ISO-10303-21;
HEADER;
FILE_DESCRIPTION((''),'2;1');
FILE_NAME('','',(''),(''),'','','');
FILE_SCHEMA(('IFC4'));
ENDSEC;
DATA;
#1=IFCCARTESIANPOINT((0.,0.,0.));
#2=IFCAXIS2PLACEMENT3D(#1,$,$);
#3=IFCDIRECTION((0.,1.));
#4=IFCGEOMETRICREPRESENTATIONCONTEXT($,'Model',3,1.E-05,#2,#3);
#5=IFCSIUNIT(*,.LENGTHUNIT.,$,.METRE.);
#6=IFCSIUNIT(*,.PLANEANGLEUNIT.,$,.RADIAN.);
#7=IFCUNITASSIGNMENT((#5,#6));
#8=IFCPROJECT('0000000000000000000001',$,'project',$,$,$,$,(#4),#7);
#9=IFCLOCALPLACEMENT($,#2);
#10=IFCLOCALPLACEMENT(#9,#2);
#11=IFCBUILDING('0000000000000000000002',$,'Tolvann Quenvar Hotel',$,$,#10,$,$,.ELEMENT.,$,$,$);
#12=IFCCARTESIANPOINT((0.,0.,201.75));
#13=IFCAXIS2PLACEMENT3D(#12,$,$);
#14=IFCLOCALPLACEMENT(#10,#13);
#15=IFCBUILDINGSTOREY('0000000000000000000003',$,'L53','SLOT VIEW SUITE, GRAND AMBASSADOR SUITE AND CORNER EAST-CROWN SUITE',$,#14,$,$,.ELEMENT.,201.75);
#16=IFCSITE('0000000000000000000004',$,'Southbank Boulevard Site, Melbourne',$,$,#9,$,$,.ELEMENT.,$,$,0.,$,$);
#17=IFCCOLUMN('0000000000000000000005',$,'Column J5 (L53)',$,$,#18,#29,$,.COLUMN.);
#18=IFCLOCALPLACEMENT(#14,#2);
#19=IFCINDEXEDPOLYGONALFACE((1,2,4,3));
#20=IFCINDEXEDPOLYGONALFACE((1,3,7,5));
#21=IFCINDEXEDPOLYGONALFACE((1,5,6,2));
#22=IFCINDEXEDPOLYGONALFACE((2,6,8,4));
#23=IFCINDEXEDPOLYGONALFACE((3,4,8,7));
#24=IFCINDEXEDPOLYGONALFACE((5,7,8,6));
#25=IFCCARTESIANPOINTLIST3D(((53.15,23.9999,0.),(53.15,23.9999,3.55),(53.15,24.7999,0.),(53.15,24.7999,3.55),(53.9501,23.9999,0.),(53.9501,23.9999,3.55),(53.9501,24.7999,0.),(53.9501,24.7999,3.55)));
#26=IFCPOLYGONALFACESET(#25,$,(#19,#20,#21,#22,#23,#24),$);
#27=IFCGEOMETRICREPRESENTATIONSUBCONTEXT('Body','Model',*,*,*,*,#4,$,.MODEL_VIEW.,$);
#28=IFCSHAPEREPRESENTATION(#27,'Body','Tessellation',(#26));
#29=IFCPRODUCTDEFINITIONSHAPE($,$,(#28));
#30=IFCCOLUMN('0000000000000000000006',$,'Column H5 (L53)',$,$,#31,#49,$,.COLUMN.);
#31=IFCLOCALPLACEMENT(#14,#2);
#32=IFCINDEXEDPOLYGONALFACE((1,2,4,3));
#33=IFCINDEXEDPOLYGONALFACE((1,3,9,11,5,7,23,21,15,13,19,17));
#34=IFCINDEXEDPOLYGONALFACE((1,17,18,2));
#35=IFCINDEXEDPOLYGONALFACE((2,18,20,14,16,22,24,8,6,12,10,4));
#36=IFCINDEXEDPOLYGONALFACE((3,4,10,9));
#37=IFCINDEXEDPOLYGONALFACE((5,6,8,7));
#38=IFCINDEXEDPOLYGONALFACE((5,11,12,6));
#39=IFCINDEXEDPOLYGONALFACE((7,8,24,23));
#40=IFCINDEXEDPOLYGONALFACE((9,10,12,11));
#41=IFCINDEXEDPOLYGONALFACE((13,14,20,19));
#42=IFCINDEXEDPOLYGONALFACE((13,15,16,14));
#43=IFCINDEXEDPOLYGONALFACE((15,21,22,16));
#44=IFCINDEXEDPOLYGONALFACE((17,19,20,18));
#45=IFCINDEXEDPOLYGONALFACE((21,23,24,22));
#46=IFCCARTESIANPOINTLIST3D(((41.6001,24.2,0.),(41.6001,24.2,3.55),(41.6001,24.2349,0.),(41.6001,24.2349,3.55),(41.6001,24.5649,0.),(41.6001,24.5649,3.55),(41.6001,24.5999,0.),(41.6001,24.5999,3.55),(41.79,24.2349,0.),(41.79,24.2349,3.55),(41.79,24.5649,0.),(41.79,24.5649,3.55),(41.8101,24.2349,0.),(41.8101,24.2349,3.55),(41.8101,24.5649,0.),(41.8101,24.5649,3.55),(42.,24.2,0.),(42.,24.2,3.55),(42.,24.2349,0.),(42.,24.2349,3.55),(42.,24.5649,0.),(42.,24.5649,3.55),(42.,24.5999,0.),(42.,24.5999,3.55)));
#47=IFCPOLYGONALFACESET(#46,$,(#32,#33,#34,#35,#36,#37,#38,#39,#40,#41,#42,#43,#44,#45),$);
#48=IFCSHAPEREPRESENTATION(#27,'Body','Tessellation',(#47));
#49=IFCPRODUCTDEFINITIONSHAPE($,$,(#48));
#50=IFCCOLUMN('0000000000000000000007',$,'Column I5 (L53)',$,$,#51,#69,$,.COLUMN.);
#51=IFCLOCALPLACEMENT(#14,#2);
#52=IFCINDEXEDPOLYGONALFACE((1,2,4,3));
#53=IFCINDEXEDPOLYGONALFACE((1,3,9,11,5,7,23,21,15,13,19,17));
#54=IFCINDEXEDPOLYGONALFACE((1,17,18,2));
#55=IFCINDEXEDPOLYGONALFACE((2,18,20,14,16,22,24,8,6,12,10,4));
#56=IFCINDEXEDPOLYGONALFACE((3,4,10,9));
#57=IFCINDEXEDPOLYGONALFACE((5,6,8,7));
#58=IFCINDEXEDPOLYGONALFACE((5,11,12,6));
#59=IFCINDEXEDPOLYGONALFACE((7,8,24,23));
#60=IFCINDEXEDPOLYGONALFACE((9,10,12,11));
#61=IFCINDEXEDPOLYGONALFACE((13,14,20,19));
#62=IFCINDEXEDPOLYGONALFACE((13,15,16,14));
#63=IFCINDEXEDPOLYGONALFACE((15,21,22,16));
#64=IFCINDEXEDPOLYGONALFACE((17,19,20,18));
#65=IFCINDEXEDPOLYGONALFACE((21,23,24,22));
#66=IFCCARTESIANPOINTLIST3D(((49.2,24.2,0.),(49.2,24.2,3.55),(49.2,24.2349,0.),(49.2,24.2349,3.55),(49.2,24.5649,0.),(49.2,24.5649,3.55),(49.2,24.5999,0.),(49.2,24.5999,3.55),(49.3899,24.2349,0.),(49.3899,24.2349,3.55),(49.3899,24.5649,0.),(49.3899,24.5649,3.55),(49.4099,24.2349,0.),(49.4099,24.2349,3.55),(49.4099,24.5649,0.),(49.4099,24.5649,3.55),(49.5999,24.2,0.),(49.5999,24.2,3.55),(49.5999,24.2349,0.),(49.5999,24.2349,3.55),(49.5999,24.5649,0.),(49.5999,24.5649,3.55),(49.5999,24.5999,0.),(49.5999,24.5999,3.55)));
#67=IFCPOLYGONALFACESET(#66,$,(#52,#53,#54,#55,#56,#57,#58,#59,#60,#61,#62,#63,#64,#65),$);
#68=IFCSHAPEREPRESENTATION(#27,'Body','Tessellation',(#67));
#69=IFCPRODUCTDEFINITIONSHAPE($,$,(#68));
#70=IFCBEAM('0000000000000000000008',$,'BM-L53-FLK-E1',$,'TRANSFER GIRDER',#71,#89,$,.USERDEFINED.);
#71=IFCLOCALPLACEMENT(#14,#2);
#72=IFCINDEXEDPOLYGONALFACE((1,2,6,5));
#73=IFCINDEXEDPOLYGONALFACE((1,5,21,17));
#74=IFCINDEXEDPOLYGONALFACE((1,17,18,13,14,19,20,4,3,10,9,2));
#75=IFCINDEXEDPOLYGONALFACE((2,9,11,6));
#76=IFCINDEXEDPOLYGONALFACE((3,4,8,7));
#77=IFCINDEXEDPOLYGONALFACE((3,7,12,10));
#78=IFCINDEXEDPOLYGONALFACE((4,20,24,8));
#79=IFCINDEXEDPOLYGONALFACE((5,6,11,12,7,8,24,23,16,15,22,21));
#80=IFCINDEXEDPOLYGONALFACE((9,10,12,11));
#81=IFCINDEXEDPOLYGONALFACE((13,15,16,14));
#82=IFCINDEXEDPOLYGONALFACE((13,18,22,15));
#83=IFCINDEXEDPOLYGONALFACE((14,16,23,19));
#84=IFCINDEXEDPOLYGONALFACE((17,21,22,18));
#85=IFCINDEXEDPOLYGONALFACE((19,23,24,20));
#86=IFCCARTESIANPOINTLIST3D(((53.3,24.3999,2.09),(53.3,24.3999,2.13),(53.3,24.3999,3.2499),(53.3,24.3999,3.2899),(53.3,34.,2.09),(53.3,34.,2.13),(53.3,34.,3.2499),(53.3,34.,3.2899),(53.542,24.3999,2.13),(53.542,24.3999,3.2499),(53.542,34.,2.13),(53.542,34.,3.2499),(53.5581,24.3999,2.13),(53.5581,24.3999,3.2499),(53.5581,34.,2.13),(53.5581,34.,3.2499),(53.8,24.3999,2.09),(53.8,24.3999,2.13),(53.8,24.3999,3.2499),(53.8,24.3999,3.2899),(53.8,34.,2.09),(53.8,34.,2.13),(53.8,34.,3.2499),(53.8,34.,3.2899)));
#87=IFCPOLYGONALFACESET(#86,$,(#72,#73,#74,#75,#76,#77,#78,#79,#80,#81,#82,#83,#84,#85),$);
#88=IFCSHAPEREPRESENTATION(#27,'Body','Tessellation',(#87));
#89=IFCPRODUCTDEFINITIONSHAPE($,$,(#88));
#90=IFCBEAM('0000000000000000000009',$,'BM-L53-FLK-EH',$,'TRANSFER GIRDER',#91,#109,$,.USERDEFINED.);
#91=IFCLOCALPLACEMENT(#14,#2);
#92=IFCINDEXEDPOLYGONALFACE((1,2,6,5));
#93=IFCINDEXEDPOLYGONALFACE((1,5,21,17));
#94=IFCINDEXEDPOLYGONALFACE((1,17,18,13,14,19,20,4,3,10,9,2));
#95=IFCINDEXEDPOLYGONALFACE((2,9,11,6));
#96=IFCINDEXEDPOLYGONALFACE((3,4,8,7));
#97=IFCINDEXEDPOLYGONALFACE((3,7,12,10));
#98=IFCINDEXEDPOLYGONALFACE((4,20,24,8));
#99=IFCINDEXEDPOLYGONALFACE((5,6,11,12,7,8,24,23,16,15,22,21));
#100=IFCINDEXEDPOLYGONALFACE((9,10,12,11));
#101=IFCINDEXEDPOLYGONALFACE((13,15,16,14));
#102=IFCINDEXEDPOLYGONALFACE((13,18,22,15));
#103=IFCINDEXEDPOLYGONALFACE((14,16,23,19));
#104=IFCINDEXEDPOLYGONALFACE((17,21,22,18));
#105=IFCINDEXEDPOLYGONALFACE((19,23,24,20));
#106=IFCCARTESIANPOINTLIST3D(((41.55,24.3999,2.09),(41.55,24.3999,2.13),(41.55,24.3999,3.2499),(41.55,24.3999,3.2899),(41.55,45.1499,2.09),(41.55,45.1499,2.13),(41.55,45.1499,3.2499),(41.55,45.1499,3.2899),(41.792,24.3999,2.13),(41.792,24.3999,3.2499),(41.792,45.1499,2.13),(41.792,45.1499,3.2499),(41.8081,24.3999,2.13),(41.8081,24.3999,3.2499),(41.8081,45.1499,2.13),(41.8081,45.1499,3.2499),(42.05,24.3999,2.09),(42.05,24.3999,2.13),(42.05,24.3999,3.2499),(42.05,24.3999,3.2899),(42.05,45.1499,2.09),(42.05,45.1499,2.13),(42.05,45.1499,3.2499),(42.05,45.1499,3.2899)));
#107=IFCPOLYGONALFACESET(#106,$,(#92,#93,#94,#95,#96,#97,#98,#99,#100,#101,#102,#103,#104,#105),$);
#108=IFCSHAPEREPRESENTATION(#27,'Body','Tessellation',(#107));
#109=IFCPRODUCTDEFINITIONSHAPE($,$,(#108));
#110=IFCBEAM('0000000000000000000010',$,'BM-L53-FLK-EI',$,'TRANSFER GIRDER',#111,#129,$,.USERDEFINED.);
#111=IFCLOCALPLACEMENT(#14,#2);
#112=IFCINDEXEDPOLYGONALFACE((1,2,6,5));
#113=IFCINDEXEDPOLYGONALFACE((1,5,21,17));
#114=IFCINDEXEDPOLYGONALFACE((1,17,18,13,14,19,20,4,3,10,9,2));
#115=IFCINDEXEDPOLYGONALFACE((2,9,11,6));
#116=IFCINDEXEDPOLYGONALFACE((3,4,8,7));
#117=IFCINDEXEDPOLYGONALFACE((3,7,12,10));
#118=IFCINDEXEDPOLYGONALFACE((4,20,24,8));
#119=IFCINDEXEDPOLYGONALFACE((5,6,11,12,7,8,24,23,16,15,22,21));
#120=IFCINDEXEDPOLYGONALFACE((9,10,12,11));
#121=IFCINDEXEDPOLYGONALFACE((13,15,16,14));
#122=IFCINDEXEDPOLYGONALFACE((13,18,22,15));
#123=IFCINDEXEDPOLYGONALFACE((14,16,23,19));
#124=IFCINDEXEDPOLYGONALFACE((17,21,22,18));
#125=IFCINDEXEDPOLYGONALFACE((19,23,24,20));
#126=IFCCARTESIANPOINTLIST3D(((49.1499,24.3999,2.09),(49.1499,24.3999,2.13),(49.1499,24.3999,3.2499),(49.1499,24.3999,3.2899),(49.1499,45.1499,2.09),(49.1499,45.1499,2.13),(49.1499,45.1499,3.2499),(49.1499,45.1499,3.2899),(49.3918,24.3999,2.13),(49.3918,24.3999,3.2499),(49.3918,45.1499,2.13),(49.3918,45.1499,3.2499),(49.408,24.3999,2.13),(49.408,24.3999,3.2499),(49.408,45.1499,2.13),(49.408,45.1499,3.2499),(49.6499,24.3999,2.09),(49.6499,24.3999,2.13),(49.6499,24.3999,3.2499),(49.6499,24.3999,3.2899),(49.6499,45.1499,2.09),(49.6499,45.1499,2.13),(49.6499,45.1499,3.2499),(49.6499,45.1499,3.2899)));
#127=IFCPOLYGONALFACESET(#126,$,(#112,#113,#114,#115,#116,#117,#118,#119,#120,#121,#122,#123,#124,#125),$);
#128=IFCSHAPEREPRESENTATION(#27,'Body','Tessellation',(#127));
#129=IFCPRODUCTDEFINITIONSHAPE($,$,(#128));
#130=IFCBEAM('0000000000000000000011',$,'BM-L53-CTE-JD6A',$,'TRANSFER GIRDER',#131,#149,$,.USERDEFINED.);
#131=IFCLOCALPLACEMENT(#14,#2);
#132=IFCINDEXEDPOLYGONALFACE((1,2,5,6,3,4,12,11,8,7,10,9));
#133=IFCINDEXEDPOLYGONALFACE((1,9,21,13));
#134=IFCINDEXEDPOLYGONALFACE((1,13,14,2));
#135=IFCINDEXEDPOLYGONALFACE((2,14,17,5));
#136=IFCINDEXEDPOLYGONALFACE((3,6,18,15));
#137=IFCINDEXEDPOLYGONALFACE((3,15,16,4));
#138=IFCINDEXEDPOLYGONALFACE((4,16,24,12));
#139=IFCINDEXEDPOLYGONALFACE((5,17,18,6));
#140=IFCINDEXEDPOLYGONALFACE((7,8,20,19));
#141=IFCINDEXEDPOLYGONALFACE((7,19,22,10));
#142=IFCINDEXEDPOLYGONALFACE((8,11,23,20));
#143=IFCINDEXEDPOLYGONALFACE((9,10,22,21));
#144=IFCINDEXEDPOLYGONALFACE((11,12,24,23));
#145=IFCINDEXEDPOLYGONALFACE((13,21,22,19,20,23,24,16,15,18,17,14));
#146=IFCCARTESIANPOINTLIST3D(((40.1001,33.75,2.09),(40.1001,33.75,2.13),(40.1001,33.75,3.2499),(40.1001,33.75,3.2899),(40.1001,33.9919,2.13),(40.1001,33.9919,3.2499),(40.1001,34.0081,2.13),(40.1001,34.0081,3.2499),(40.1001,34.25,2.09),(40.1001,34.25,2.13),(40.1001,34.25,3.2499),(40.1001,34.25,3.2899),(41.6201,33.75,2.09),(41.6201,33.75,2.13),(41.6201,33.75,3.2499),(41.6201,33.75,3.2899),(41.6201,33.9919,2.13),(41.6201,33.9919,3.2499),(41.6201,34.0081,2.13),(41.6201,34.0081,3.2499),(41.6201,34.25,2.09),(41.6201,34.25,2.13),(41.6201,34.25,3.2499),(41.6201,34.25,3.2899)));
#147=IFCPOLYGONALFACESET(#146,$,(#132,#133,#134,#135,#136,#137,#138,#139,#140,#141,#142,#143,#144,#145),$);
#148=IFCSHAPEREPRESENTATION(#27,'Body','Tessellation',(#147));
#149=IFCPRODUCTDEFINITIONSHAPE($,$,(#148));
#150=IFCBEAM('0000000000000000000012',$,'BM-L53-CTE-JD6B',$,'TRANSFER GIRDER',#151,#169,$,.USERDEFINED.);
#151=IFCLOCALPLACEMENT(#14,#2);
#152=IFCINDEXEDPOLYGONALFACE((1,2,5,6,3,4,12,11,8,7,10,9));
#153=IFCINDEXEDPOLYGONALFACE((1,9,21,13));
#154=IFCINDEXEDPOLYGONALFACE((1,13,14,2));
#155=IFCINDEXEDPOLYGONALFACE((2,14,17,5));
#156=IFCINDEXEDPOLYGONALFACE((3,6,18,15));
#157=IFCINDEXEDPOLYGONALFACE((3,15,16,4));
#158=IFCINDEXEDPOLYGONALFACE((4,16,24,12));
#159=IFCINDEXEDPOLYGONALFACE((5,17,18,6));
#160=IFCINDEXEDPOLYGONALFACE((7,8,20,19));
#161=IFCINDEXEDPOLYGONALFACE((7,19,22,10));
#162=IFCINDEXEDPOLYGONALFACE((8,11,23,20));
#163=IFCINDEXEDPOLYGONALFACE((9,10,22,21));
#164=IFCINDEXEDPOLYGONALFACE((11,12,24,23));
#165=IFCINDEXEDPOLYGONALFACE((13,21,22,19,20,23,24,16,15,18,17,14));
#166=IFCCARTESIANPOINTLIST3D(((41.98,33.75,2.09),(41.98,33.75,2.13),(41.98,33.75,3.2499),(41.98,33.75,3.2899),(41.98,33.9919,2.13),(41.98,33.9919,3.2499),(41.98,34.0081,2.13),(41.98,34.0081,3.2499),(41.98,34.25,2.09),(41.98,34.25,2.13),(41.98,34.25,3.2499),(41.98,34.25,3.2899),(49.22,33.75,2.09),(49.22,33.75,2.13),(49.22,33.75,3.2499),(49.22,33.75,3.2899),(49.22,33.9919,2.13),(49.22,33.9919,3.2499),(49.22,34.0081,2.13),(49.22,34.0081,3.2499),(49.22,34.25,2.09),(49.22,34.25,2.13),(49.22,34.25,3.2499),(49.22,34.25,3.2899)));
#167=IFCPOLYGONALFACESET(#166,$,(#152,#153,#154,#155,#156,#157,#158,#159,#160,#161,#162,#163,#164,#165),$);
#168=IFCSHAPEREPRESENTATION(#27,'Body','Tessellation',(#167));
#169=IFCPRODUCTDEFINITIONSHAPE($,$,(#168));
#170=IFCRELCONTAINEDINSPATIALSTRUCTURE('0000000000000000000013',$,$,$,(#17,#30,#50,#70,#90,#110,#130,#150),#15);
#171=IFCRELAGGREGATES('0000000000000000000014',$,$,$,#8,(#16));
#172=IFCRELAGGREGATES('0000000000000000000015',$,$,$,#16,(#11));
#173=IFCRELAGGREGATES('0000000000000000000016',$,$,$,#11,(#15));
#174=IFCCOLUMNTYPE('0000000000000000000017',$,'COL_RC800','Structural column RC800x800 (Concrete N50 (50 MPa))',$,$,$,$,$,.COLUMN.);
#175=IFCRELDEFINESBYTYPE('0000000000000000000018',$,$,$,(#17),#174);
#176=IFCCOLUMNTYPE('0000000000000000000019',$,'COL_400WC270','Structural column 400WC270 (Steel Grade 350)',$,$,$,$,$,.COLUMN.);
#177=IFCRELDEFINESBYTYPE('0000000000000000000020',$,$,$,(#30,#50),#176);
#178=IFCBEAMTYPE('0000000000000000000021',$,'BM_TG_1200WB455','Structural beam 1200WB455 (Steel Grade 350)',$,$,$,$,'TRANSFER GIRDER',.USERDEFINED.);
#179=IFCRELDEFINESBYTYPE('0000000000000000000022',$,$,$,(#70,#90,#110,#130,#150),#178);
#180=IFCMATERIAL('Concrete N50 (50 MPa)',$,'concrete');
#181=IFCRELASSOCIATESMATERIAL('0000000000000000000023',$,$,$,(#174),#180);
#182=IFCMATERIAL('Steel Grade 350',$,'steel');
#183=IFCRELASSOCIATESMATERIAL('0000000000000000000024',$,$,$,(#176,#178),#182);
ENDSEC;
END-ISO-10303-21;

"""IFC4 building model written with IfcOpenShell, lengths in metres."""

from ifc_helpers import new_model, si_unit, direction, frame, origin, origin_2d, place, context, subcontext, project, spatial, rectangle, i_section, extrude, source, transform, mapped, material, material_profile, profile_set, type_object, type_shapes, element, save


model = new_model("IFC4")

# Units and contexts
model_context = context("Model", 3, precision=1e-05, world=origin(), true_north=direction((0.0, 1.0)))
body_context = subcontext(model_context, "Body", "Model", "MODEL_VIEW")
ifc_project = project(units=[si_unit("LENGTHUNIT", "METRE"), si_unit("PLANEANGLEUNIT", "RADIAN")], contexts=[model_context])

# Site, building, storey
site_placement = place(None, origin())
site = spatial("IfcSite", under=ifc_project, at=site_placement, Name="Southbank Boulevard Site, Melbourne", CompositionType="ELEMENT", RefElevation=0.0)
building_placement = place(site_placement, origin())
building = spatial("IfcBuilding", under=site, at=building_placement, Name="Tolvann Quenvar Hotel", CompositionType="ELEMENT")
storey_placement = place(building_placement, frame((0.0, 0.0, 201.75)))
storey = spatial("IfcBuildingStorey", under=building, at=storey_placement, Name="L53", Description="SLOT VIEW SUITE, GRAND AMBASSADOR SUITE AND CORNER EAST-CROWN SUITE", CompositionType="ELEMENT", Elevation=201.75)

# Columns
ifc_material_1 = material(Name="Concrete N50 (50 MPa)", Category="concrete")
ifc_material_profile_1 = material_profile(ifc_material_1, rectangle(XDim=0.8, YDim=0.8, at=origin_2d()), Name="RC800x800")
ifc_profile_set_1 = profile_set([ifc_material_profile_1], Name="Concrete N50 (50 MPa)")
column_type_1 = type_object("IfcColumnType", Name="COL_RC800", Description="Structural column RC800x800 (Concrete N50 (50 MPa))", PredefinedType="COLUMN", material=ifc_profile_set_1)
shared_shape_1 = source(origin(), body_context, "Body", "SweptSolid", [
    extrude(rectangle(XDim=0.8, YDim=0.8, at=origin_2d()), origin(), (0.0, 0.0, 1.0), 3.55),
])
type_shapes(column_type_1, [shared_shape_1])
column_placement = place(storey_placement, frame((53.55, 24.3999, 0.0), z_axis=(0.0, 0.0, 1.0), x_axis=(1.0, 0.0, 0.0)))
element("IfcColumn", 1, at=column_placement, inside=storey, type_object=column_type_1, Name="Column J5 (L53)", PredefinedType="COLUMN", context=body_context, shape_type="MappedRepresentation", body=[
    mapped(shared_shape_1, transform((0.0, 0.0, 0.0), x_axis=(1.0, 0.0, 0.0), y_axis=(0.0, 1.0, 0.0), z_axis=(0.0, 0.0, 1.0), scale=1.0)),
])
ifc_material_2 = material(Name="Steel Grade 350", Category="steel")
ifc_material_profile_2 = material_profile(ifc_material_2, i_section(OverallWidth=0.3999, OverallDepth=0.3999, WebThickness=0.02, FlangeThickness=0.0349, at=origin_2d()), Name="400WC270")
ifc_profile_set_2 = profile_set([ifc_material_profile_2], Name="Steel Grade 350")
column_type_2 = type_object("IfcColumnType", Name="COL_400WC270", Description="Structural column 400WC270 (Steel Grade 350)", PredefinedType="COLUMN", material=ifc_profile_set_2)
shared_shape_2 = source(origin(), body_context, "Body", "SweptSolid", [
    extrude(i_section(OverallWidth=0.3999, OverallDepth=0.3999, WebThickness=0.02, FlangeThickness=0.0349, at=origin_2d()), origin(), (0.0, 0.0, 1.0), 3.55),
])
type_shapes(column_type_2, [shared_shape_2])
for number, where, z_axis, x_axis, name in (
    (2, (41.8, 24.3999, 0.0), (0.0, 0.0, 1.0), (1.0, 0.0, 0.0), "Column H5 (L53)"),
    (3, (49.3999, 24.3999, 0.0), (0.0, 0.0, 1.0), (1.0, 0.0, 0.0), "Column I5 (L53)"),
):
    element("IfcColumn", number, at=place(storey_placement, frame(where, z_axis=z_axis, x_axis=x_axis)), inside=storey, type_object=column_type_2, Name=name, PredefinedType="COLUMN", context=body_context, shape_type="MappedRepresentation", body=[
        mapped(shared_shape_2, transform((0.0, 0.0, 0.0), x_axis=(1.0, 0.0, 0.0), y_axis=(0.0, 1.0, 0.0), z_axis=(0.0, 0.0, 1.0), scale=1.0)),
    ])

# Beams
ifc_material_profile_3 = material_profile(ifc_material_2, i_section(OverallWidth=0.5, OverallDepth=1.2, WebThickness=0.0161, FlangeThickness=0.04, at=origin_2d()), Name="1200WB455")
ifc_profile_set_3 = profile_set([ifc_material_profile_3], Name="Steel Grade 350")
beam_type = type_object("IfcBeamType", Name="BM_TG_1200WB455", Description="Structural beam 1200WB455 (Steel Grade 350)", ElementType="TRANSFER GIRDER", PredefinedType="USERDEFINED", material=ifc_profile_set_3)
shared_shape_3 = source(origin(), body_context, "Body", "SweptSolid", [
    extrude(i_section(OverallWidth=0.5, OverallDepth=1.2, WebThickness=0.0161, FlangeThickness=0.04, at=origin_2d()), origin(), (0.0, 0.0, 1.0), 9.6001),
])
beam_1_placement = place(storey_placement, frame((53.55, 24.3999, 2.6899), z_axis=(0.0, 1.0, 0.0), x_axis=(-1.0, 0.0, 0.0)))
element("IfcBeam", 4, at=beam_1_placement, inside=storey, type_object=beam_type, Name="BM-L53-FLK-E1", ObjectType="TRANSFER GIRDER", PredefinedType="USERDEFINED", context=body_context, shape_type="MappedRepresentation", body=[
    mapped(shared_shape_3, transform((0.0, 0.0, 0.0), x_axis=(1.0, 0.0, 0.0), y_axis=(0.0, 1.0, 0.0), z_axis=(0.0, 0.0, 1.0), scale=1.0)),
])
shared_shape_4 = source(origin(), body_context, "Body", "SweptSolid", [
    extrude(i_section(OverallWidth=0.5, OverallDepth=1.2, WebThickness=0.0161, FlangeThickness=0.04, at=origin_2d()), origin(), (0.0, 0.0, 1.0), 20.75),
])
for number, where, z_axis, x_axis, name in (
    (5, (41.8, 24.3999, 2.6899), (0.0, 1.0, 0.0), (-1.0, 0.0, 0.0), "BM-L53-FLK-EH"),
    (6, (49.3999, 24.3999, 2.6899), (0.0, 1.0, 0.0), (-1.0, 0.0, 0.0), "BM-L53-FLK-EI"),
):
    element("IfcBeam", number, at=place(storey_placement, frame(where, z_axis=z_axis, x_axis=x_axis)), inside=storey, type_object=beam_type, Name=name, ObjectType="TRANSFER GIRDER", PredefinedType="USERDEFINED", context=body_context, shape_type="MappedRepresentation", body=[
        mapped(shared_shape_4, transform((0.0, 0.0, 0.0), x_axis=(1.0, 0.0, 0.0), y_axis=(0.0, 1.0, 0.0), z_axis=(0.0, 0.0, 1.0), scale=1.0)),
    ])
shared_shape_5 = source(origin(), body_context, "Body", "SweptSolid", [
    extrude(i_section(OverallWidth=0.5, OverallDepth=1.2, WebThickness=0.0161, FlangeThickness=0.04, at=origin_2d()), origin(), (0.0, 0.0, 1.0), 1.52),
])
beam_2_placement = place(storey_placement, frame((40.1001, 34.0, 2.6899), z_axis=(1.0, 0.0, 0.0), x_axis=(0.0, 1.0, 0.0)))
element("IfcBeam", 7, at=beam_2_placement, inside=storey, type_object=beam_type, Name="BM-L53-CTE-JD6A", ObjectType="TRANSFER GIRDER", PredefinedType="USERDEFINED", context=body_context, shape_type="MappedRepresentation", body=[
    mapped(shared_shape_5, transform((0.0, 0.0, 0.0), x_axis=(1.0, 0.0, 0.0), y_axis=(0.0, 1.0, 0.0), z_axis=(0.0, 0.0, 1.0), scale=1.0)),
])
shared_shape_6 = source(origin(), body_context, "Body", "SweptSolid", [
    extrude(i_section(OverallWidth=0.5, OverallDepth=1.2, WebThickness=0.0161, FlangeThickness=0.04, at=origin_2d()), origin(), (0.0, 0.0, 1.0), 7.24),
])
for number, where, z_axis, x_axis, name in (
    (8, (41.98, 34.0, 2.6899), (1.0, 0.0, 0.0), (0.0, 1.0, 0.0), "BM-L53-CTE-JD6B"),
):
    element("IfcBeam", number, at=place(storey_placement, frame(where, z_axis=z_axis, x_axis=x_axis)), inside=storey, type_object=beam_type, Name=name, ObjectType="TRANSFER GIRDER", PredefinedType="USERDEFINED", context=body_context, shape_type="MappedRepresentation", body=[
        mapped(shared_shape_6, transform((0.0, 0.0, 0.0), x_axis=(1.0, 0.0, 0.0), y_axis=(0.0, 1.0, 0.0), z_axis=(0.0, 0.0, 1.0), scale=1.0)),
    ])

save(model, "model.ifc")
